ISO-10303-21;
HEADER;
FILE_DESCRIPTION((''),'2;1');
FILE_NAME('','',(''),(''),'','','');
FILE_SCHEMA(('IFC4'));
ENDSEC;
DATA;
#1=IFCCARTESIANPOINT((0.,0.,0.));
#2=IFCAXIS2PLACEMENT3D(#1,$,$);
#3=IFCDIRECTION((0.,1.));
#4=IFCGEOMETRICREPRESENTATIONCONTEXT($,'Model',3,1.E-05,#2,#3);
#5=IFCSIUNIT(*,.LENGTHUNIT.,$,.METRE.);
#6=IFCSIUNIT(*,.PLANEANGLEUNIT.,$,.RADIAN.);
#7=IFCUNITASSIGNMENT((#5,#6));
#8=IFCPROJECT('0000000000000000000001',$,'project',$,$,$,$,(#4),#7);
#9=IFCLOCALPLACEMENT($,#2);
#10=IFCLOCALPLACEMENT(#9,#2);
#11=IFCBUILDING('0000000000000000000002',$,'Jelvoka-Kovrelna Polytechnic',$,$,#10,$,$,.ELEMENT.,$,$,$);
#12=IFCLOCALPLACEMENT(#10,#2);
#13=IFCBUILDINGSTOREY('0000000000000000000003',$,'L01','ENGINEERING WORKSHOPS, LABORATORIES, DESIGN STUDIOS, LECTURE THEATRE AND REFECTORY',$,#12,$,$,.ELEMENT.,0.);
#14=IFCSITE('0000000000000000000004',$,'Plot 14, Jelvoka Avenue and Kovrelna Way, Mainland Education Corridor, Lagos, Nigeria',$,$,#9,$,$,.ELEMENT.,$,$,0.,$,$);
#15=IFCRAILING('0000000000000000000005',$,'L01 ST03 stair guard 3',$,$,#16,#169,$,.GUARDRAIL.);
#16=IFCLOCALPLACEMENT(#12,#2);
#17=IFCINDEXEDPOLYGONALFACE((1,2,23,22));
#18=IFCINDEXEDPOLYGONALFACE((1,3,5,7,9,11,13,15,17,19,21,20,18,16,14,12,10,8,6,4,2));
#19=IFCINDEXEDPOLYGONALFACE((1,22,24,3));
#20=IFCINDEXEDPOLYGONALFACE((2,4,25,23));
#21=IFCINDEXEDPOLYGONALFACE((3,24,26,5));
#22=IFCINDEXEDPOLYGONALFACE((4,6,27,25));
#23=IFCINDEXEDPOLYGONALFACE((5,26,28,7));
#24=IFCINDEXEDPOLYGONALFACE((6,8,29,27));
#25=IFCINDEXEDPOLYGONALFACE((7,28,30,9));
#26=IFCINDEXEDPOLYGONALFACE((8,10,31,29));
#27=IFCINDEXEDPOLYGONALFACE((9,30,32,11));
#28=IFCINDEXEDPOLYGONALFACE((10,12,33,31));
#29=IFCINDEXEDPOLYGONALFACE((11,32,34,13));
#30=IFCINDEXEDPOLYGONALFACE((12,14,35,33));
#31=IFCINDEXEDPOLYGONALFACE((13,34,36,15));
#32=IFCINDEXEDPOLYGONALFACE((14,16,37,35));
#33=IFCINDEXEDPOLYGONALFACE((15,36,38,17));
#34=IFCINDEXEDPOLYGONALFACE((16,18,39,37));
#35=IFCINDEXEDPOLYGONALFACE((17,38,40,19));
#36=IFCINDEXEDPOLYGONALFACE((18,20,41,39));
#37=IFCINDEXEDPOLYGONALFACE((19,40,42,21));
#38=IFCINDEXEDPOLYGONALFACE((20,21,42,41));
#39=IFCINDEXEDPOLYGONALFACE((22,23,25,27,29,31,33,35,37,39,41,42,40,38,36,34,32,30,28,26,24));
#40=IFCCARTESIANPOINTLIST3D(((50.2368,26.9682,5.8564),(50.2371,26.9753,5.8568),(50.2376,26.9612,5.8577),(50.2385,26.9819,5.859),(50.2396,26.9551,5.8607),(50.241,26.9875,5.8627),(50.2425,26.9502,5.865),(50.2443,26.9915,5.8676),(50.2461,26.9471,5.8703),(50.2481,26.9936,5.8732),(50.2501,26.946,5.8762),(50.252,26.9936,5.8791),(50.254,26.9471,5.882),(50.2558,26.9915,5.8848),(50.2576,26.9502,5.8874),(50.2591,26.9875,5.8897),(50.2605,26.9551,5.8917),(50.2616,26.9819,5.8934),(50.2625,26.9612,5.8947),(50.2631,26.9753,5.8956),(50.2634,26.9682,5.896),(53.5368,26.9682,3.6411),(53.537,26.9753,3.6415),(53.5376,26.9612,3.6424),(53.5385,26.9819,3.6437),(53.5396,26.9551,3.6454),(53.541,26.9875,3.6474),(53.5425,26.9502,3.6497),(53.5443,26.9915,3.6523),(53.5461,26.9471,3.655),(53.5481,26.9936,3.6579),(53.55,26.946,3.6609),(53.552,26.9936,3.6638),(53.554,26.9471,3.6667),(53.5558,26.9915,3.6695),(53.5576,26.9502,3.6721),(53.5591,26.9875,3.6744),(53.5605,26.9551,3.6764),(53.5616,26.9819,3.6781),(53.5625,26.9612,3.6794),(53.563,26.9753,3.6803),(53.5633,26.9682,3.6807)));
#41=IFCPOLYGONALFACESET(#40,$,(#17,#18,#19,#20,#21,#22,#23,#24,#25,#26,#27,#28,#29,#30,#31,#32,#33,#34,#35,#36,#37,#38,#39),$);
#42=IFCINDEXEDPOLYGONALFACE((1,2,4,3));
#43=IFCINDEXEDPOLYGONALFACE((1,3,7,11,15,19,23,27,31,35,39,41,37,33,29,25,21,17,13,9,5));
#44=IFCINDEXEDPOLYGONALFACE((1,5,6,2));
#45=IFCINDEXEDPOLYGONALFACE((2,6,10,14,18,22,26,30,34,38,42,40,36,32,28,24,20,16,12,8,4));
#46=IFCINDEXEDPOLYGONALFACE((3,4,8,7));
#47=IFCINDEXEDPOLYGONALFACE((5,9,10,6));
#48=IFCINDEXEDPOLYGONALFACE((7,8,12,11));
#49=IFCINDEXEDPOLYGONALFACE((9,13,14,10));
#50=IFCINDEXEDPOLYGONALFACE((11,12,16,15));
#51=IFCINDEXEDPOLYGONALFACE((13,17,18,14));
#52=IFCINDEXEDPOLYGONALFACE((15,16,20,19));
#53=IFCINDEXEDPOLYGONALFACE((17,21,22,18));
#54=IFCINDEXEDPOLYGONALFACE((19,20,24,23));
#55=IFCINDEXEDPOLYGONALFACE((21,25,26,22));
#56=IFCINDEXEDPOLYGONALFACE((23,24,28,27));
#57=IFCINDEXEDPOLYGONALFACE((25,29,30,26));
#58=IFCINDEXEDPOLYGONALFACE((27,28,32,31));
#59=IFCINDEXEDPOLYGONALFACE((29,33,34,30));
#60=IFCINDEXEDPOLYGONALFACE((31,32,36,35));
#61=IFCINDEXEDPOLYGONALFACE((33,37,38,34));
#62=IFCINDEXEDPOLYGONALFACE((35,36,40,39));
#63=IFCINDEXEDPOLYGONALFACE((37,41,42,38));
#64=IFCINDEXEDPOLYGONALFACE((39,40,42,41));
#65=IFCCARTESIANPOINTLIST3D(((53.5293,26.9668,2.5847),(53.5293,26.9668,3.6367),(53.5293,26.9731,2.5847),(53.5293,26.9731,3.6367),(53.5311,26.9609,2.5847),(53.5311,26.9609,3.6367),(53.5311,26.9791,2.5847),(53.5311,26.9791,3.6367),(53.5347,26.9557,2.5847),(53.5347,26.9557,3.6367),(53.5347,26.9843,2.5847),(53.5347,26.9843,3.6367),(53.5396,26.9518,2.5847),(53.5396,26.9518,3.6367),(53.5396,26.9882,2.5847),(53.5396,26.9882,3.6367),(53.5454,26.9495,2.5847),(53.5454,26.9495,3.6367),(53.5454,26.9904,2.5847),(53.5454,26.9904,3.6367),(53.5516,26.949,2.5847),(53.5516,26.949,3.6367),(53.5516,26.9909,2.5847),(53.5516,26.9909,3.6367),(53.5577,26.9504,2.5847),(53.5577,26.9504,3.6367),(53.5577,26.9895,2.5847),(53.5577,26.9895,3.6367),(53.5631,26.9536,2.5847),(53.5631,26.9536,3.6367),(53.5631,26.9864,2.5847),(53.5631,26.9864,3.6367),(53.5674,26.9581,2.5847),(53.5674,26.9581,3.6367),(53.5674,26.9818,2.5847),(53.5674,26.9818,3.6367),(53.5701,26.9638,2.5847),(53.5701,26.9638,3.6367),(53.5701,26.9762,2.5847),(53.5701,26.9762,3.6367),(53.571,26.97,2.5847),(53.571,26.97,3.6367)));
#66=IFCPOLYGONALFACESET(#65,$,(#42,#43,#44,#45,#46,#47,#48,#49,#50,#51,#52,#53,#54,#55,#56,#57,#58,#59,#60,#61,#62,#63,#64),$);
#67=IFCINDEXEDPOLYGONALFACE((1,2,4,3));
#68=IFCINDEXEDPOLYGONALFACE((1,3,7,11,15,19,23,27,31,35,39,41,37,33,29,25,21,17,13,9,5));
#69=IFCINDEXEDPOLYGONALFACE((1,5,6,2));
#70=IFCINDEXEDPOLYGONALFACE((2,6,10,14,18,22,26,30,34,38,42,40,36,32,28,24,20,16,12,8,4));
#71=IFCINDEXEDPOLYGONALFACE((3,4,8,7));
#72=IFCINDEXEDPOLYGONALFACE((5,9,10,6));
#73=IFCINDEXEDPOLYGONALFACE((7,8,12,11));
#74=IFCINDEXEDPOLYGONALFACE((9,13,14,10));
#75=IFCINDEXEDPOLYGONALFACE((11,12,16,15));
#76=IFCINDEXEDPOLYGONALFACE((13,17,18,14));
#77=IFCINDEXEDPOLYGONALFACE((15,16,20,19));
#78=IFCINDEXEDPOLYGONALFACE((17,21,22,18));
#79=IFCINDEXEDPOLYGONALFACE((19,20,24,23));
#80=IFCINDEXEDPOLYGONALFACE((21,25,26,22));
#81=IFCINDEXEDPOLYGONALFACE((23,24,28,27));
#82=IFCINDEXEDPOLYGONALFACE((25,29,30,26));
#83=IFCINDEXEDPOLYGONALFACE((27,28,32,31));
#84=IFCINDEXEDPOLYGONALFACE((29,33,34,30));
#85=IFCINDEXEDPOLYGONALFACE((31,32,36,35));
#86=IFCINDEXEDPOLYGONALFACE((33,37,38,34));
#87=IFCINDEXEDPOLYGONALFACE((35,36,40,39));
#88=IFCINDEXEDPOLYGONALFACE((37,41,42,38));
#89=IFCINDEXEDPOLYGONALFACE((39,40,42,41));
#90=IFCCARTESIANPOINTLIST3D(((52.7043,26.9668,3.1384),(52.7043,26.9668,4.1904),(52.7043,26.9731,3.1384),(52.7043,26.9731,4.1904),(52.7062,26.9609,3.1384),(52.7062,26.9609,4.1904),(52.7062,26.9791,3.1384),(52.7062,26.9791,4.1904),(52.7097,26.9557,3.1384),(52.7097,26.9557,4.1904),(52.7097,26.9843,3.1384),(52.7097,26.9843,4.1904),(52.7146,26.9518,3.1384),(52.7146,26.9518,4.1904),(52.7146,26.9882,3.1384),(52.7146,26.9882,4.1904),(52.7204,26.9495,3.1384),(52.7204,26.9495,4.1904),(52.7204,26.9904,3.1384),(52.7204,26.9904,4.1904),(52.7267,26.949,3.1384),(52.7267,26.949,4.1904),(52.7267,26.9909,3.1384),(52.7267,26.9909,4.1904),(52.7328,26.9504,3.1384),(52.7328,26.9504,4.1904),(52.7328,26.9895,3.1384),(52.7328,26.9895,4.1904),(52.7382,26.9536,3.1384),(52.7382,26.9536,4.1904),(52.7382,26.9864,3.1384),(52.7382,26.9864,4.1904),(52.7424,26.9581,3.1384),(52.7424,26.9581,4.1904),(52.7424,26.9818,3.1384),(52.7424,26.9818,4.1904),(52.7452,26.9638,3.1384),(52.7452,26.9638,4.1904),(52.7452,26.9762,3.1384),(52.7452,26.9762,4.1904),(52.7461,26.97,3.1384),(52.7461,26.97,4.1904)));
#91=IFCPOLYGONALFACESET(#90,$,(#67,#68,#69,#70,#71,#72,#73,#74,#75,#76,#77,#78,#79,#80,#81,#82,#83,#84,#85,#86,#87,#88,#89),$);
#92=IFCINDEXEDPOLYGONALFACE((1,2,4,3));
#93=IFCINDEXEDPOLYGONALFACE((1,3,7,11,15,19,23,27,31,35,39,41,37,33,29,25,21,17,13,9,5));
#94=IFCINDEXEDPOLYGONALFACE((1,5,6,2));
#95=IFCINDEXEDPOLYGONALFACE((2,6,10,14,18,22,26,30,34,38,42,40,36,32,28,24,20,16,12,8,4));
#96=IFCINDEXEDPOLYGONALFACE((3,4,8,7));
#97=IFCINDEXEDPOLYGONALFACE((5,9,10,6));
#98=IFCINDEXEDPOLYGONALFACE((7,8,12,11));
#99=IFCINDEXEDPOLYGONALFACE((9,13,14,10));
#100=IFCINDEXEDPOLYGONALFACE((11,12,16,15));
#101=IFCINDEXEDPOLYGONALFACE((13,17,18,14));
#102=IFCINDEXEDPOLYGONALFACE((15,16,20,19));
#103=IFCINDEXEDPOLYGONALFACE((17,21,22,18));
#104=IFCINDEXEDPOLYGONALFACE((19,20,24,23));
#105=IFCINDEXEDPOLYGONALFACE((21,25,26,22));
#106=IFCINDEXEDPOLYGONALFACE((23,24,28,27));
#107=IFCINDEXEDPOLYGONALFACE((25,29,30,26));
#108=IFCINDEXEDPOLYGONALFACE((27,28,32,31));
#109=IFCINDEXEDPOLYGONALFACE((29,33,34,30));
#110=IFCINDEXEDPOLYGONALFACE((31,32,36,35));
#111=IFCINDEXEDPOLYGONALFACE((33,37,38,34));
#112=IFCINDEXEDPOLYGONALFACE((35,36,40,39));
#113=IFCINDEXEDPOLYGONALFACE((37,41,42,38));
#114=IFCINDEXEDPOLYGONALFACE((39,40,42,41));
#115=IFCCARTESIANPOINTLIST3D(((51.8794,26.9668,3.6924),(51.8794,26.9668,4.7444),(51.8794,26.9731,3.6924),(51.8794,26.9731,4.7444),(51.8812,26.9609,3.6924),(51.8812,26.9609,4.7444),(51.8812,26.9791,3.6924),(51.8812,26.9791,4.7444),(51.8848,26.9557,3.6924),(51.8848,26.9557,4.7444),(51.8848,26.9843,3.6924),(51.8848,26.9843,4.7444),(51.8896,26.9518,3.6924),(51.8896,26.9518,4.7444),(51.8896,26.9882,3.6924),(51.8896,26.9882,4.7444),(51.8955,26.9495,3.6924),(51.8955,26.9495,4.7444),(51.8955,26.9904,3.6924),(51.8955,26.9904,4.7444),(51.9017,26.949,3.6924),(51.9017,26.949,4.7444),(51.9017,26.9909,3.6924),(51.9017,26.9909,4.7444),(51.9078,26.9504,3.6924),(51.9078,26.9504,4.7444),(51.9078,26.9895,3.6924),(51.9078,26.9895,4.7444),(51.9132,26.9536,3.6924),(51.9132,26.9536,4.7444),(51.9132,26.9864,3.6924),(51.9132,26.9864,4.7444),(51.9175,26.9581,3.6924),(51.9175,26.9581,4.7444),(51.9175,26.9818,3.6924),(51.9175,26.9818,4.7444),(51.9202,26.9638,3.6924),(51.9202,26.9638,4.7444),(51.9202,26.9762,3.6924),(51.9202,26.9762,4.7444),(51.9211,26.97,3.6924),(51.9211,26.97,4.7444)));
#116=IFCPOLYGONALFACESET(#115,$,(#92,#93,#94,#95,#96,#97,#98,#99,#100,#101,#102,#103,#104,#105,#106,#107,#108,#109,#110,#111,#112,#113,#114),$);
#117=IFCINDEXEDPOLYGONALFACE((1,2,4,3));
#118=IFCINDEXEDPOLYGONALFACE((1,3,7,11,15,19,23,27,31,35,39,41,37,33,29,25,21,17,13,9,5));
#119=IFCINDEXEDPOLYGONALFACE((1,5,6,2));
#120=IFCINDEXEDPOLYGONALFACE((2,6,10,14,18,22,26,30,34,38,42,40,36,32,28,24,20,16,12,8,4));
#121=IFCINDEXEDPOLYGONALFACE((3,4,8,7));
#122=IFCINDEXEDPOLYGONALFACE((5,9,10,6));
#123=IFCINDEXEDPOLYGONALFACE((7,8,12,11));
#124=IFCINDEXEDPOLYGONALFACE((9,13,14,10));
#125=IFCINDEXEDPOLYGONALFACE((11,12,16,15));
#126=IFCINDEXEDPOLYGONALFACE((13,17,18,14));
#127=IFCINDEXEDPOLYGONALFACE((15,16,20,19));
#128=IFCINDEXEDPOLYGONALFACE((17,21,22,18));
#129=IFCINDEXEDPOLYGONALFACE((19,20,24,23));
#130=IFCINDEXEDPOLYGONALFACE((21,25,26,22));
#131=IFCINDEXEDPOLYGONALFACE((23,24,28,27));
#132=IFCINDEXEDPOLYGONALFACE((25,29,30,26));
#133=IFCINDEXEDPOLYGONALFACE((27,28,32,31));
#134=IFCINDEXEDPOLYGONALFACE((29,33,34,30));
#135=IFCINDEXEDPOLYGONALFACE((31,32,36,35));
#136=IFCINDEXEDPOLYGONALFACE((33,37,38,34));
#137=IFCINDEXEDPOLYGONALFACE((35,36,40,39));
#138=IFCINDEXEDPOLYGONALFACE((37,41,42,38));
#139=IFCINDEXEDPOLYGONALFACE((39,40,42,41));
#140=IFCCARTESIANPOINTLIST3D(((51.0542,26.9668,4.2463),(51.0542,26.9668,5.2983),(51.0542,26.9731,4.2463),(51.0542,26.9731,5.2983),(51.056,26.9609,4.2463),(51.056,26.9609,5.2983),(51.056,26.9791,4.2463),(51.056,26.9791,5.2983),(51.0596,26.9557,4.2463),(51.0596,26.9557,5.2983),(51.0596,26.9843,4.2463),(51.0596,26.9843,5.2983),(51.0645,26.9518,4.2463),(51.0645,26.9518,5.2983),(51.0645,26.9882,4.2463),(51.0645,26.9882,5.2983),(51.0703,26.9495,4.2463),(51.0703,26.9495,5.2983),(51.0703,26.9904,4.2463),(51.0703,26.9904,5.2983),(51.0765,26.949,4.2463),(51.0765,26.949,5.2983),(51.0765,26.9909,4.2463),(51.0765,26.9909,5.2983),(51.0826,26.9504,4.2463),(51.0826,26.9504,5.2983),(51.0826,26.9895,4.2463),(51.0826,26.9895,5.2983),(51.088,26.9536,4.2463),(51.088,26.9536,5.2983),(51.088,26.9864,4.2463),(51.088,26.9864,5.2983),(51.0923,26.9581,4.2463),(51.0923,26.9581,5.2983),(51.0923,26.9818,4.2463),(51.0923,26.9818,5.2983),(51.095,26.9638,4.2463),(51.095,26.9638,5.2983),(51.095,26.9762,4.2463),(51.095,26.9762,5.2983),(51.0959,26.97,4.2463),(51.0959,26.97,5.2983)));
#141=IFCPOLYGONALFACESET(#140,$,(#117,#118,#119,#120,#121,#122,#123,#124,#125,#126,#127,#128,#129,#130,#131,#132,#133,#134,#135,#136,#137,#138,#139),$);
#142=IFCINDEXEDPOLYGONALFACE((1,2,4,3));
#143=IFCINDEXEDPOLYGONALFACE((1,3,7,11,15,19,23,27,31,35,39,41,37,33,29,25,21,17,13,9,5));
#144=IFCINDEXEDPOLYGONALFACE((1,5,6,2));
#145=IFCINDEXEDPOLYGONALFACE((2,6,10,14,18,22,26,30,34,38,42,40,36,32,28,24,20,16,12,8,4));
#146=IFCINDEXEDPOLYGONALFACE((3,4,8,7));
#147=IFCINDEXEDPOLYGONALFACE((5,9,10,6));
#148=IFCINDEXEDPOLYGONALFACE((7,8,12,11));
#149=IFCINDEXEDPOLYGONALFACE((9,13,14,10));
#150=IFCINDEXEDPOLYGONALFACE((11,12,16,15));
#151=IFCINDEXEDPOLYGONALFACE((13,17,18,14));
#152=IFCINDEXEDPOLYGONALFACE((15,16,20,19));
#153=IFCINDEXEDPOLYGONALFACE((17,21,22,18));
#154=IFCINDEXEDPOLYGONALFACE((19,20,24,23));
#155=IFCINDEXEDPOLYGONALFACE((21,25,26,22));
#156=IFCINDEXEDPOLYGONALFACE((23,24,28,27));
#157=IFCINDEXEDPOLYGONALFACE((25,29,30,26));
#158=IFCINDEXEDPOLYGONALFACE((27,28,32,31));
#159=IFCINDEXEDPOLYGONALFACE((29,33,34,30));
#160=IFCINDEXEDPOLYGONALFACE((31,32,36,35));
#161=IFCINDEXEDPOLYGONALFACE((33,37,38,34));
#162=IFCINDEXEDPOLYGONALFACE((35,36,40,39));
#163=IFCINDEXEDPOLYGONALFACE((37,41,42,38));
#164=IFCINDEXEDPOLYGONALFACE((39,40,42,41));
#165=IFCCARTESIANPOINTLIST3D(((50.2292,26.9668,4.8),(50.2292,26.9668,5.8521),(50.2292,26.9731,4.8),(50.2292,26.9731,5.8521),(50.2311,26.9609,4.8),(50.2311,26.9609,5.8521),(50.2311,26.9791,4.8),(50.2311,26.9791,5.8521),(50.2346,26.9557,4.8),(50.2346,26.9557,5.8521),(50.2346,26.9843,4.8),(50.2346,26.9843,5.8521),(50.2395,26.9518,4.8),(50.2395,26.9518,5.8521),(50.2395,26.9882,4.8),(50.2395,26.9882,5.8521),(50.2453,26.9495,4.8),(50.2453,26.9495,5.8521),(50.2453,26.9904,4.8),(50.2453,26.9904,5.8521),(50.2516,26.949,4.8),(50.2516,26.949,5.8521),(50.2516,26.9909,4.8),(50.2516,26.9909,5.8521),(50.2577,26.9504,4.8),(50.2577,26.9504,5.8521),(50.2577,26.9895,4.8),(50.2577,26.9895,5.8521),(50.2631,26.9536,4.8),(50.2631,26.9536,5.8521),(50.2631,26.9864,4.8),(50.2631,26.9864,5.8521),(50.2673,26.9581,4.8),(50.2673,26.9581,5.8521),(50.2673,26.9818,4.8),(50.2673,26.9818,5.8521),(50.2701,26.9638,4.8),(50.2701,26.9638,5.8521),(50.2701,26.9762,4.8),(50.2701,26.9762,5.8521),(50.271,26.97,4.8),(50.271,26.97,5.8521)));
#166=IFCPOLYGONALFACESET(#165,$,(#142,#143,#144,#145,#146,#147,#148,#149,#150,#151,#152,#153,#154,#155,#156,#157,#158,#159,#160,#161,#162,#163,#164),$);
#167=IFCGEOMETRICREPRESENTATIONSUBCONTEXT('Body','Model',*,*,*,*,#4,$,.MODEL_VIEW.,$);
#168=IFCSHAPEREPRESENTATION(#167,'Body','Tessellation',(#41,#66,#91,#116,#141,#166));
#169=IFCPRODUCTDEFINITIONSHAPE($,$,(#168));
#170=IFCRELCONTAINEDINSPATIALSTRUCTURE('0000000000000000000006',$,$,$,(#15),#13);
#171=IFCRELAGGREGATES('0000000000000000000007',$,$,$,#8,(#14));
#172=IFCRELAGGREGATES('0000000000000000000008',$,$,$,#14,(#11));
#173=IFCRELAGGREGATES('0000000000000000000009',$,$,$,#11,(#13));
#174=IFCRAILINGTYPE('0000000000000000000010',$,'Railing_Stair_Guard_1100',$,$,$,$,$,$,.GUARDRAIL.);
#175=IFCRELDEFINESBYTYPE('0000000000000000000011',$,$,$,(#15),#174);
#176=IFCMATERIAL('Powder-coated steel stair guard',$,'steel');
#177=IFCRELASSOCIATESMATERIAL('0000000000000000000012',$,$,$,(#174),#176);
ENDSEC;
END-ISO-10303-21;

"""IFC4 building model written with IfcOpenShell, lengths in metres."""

from ifc_helpers import new_model, si_unit, direction, frame, origin, origin_2d, place, context, subcontext, project, spatial, circle, extrude, material, type_object, element, save


model = new_model("IFC4")

# Units and contexts
model_context = context("Model", 3, precision=1e-05, world=origin(), true_north=direction((0.0, 1.0)))
body_context = subcontext(model_context, "Body", "Model", "MODEL_VIEW")
ifc_project = project(units=[si_unit("LENGTHUNIT", "METRE"), si_unit("PLANEANGLEUNIT", "RADIAN")], contexts=[model_context])

# Site, building, storey
site_placement = place(None, origin())
site = spatial("IfcSite", under=ifc_project, at=site_placement, Name="Plot 14, Jelvoka Avenue and Kovrelna Way, Mainland Education Corridor, Lagos, Nigeria", CompositionType="ELEMENT", RefElevation=0.0)
building_placement = place(site_placement, origin())
building = spatial("IfcBuilding", under=site, at=building_placement, Name="Jelvoka-Kovrelna Polytechnic", CompositionType="ELEMENT")
storey_placement = place(building_placement, origin())
storey = spatial("IfcBuildingStorey", under=building, at=storey_placement, Name="L01", Description="ENGINEERING WORKSHOPS, LABORATORIES, DESIGN STUDIOS, LECTURE THEATRE AND REFECTORY", CompositionType="ELEMENT", Elevation=0.0)

# Railing
ifc_material_1 = material(Name="Powder-coated steel stair guard", Category="steel")
railing_type_1 = type_object("IfcRailingType", Name="Railing_Stair_Guard_1100", PredefinedType="GUARDRAIL", material=ifc_material_1)
railing_1_placement = place(storey_placement, frame((53.55, 26.97, 2.5847)))
element("IfcRailing", 1, at=railing_1_placement, inside=storey, type_object=railing_type_1, Name="L01 ST03 stair guard 3", PredefinedType="GUARDRAIL", context=body_context, shape_type="SweptSolid", body=[
    extrude(circle(Radius=0.0239, at=origin_2d()), frame((0.0, 0.0, 1.0762), z_axis=(-0.830269, 0.0, 0.557362), x_axis=(0.0, -1.0, 0.0)), (0.0, 0.0, 1.0), 3.9746),
    extrude(circle(Radius=0.021, at=origin_2d()), origin(), (0.0, 0.0, 1.0), 1.052),
    extrude(circle(Radius=0.021, at=origin_2d()), frame((-0.825, 0.0, 0.5537)), (0.0, 0.0, 1.0), 1.052),
    extrude(circle(Radius=0.021, at=origin_2d()), frame((-1.6499, 0.0, 1.1077)), (0.0, 0.0, 1.0), 1.052),
    extrude(circle(Radius=0.021, at=origin_2d()), frame((-2.4751, 0.0, 1.6616)), (0.0, 0.0, 1.0), 1.052),
    extrude(circle(Radius=0.021, at=origin_2d()), frame((-3.3, 0.0, 2.2153)), (0.0, 0.0, 1.0), 1.052),
])

save(model, "model.ifc")
